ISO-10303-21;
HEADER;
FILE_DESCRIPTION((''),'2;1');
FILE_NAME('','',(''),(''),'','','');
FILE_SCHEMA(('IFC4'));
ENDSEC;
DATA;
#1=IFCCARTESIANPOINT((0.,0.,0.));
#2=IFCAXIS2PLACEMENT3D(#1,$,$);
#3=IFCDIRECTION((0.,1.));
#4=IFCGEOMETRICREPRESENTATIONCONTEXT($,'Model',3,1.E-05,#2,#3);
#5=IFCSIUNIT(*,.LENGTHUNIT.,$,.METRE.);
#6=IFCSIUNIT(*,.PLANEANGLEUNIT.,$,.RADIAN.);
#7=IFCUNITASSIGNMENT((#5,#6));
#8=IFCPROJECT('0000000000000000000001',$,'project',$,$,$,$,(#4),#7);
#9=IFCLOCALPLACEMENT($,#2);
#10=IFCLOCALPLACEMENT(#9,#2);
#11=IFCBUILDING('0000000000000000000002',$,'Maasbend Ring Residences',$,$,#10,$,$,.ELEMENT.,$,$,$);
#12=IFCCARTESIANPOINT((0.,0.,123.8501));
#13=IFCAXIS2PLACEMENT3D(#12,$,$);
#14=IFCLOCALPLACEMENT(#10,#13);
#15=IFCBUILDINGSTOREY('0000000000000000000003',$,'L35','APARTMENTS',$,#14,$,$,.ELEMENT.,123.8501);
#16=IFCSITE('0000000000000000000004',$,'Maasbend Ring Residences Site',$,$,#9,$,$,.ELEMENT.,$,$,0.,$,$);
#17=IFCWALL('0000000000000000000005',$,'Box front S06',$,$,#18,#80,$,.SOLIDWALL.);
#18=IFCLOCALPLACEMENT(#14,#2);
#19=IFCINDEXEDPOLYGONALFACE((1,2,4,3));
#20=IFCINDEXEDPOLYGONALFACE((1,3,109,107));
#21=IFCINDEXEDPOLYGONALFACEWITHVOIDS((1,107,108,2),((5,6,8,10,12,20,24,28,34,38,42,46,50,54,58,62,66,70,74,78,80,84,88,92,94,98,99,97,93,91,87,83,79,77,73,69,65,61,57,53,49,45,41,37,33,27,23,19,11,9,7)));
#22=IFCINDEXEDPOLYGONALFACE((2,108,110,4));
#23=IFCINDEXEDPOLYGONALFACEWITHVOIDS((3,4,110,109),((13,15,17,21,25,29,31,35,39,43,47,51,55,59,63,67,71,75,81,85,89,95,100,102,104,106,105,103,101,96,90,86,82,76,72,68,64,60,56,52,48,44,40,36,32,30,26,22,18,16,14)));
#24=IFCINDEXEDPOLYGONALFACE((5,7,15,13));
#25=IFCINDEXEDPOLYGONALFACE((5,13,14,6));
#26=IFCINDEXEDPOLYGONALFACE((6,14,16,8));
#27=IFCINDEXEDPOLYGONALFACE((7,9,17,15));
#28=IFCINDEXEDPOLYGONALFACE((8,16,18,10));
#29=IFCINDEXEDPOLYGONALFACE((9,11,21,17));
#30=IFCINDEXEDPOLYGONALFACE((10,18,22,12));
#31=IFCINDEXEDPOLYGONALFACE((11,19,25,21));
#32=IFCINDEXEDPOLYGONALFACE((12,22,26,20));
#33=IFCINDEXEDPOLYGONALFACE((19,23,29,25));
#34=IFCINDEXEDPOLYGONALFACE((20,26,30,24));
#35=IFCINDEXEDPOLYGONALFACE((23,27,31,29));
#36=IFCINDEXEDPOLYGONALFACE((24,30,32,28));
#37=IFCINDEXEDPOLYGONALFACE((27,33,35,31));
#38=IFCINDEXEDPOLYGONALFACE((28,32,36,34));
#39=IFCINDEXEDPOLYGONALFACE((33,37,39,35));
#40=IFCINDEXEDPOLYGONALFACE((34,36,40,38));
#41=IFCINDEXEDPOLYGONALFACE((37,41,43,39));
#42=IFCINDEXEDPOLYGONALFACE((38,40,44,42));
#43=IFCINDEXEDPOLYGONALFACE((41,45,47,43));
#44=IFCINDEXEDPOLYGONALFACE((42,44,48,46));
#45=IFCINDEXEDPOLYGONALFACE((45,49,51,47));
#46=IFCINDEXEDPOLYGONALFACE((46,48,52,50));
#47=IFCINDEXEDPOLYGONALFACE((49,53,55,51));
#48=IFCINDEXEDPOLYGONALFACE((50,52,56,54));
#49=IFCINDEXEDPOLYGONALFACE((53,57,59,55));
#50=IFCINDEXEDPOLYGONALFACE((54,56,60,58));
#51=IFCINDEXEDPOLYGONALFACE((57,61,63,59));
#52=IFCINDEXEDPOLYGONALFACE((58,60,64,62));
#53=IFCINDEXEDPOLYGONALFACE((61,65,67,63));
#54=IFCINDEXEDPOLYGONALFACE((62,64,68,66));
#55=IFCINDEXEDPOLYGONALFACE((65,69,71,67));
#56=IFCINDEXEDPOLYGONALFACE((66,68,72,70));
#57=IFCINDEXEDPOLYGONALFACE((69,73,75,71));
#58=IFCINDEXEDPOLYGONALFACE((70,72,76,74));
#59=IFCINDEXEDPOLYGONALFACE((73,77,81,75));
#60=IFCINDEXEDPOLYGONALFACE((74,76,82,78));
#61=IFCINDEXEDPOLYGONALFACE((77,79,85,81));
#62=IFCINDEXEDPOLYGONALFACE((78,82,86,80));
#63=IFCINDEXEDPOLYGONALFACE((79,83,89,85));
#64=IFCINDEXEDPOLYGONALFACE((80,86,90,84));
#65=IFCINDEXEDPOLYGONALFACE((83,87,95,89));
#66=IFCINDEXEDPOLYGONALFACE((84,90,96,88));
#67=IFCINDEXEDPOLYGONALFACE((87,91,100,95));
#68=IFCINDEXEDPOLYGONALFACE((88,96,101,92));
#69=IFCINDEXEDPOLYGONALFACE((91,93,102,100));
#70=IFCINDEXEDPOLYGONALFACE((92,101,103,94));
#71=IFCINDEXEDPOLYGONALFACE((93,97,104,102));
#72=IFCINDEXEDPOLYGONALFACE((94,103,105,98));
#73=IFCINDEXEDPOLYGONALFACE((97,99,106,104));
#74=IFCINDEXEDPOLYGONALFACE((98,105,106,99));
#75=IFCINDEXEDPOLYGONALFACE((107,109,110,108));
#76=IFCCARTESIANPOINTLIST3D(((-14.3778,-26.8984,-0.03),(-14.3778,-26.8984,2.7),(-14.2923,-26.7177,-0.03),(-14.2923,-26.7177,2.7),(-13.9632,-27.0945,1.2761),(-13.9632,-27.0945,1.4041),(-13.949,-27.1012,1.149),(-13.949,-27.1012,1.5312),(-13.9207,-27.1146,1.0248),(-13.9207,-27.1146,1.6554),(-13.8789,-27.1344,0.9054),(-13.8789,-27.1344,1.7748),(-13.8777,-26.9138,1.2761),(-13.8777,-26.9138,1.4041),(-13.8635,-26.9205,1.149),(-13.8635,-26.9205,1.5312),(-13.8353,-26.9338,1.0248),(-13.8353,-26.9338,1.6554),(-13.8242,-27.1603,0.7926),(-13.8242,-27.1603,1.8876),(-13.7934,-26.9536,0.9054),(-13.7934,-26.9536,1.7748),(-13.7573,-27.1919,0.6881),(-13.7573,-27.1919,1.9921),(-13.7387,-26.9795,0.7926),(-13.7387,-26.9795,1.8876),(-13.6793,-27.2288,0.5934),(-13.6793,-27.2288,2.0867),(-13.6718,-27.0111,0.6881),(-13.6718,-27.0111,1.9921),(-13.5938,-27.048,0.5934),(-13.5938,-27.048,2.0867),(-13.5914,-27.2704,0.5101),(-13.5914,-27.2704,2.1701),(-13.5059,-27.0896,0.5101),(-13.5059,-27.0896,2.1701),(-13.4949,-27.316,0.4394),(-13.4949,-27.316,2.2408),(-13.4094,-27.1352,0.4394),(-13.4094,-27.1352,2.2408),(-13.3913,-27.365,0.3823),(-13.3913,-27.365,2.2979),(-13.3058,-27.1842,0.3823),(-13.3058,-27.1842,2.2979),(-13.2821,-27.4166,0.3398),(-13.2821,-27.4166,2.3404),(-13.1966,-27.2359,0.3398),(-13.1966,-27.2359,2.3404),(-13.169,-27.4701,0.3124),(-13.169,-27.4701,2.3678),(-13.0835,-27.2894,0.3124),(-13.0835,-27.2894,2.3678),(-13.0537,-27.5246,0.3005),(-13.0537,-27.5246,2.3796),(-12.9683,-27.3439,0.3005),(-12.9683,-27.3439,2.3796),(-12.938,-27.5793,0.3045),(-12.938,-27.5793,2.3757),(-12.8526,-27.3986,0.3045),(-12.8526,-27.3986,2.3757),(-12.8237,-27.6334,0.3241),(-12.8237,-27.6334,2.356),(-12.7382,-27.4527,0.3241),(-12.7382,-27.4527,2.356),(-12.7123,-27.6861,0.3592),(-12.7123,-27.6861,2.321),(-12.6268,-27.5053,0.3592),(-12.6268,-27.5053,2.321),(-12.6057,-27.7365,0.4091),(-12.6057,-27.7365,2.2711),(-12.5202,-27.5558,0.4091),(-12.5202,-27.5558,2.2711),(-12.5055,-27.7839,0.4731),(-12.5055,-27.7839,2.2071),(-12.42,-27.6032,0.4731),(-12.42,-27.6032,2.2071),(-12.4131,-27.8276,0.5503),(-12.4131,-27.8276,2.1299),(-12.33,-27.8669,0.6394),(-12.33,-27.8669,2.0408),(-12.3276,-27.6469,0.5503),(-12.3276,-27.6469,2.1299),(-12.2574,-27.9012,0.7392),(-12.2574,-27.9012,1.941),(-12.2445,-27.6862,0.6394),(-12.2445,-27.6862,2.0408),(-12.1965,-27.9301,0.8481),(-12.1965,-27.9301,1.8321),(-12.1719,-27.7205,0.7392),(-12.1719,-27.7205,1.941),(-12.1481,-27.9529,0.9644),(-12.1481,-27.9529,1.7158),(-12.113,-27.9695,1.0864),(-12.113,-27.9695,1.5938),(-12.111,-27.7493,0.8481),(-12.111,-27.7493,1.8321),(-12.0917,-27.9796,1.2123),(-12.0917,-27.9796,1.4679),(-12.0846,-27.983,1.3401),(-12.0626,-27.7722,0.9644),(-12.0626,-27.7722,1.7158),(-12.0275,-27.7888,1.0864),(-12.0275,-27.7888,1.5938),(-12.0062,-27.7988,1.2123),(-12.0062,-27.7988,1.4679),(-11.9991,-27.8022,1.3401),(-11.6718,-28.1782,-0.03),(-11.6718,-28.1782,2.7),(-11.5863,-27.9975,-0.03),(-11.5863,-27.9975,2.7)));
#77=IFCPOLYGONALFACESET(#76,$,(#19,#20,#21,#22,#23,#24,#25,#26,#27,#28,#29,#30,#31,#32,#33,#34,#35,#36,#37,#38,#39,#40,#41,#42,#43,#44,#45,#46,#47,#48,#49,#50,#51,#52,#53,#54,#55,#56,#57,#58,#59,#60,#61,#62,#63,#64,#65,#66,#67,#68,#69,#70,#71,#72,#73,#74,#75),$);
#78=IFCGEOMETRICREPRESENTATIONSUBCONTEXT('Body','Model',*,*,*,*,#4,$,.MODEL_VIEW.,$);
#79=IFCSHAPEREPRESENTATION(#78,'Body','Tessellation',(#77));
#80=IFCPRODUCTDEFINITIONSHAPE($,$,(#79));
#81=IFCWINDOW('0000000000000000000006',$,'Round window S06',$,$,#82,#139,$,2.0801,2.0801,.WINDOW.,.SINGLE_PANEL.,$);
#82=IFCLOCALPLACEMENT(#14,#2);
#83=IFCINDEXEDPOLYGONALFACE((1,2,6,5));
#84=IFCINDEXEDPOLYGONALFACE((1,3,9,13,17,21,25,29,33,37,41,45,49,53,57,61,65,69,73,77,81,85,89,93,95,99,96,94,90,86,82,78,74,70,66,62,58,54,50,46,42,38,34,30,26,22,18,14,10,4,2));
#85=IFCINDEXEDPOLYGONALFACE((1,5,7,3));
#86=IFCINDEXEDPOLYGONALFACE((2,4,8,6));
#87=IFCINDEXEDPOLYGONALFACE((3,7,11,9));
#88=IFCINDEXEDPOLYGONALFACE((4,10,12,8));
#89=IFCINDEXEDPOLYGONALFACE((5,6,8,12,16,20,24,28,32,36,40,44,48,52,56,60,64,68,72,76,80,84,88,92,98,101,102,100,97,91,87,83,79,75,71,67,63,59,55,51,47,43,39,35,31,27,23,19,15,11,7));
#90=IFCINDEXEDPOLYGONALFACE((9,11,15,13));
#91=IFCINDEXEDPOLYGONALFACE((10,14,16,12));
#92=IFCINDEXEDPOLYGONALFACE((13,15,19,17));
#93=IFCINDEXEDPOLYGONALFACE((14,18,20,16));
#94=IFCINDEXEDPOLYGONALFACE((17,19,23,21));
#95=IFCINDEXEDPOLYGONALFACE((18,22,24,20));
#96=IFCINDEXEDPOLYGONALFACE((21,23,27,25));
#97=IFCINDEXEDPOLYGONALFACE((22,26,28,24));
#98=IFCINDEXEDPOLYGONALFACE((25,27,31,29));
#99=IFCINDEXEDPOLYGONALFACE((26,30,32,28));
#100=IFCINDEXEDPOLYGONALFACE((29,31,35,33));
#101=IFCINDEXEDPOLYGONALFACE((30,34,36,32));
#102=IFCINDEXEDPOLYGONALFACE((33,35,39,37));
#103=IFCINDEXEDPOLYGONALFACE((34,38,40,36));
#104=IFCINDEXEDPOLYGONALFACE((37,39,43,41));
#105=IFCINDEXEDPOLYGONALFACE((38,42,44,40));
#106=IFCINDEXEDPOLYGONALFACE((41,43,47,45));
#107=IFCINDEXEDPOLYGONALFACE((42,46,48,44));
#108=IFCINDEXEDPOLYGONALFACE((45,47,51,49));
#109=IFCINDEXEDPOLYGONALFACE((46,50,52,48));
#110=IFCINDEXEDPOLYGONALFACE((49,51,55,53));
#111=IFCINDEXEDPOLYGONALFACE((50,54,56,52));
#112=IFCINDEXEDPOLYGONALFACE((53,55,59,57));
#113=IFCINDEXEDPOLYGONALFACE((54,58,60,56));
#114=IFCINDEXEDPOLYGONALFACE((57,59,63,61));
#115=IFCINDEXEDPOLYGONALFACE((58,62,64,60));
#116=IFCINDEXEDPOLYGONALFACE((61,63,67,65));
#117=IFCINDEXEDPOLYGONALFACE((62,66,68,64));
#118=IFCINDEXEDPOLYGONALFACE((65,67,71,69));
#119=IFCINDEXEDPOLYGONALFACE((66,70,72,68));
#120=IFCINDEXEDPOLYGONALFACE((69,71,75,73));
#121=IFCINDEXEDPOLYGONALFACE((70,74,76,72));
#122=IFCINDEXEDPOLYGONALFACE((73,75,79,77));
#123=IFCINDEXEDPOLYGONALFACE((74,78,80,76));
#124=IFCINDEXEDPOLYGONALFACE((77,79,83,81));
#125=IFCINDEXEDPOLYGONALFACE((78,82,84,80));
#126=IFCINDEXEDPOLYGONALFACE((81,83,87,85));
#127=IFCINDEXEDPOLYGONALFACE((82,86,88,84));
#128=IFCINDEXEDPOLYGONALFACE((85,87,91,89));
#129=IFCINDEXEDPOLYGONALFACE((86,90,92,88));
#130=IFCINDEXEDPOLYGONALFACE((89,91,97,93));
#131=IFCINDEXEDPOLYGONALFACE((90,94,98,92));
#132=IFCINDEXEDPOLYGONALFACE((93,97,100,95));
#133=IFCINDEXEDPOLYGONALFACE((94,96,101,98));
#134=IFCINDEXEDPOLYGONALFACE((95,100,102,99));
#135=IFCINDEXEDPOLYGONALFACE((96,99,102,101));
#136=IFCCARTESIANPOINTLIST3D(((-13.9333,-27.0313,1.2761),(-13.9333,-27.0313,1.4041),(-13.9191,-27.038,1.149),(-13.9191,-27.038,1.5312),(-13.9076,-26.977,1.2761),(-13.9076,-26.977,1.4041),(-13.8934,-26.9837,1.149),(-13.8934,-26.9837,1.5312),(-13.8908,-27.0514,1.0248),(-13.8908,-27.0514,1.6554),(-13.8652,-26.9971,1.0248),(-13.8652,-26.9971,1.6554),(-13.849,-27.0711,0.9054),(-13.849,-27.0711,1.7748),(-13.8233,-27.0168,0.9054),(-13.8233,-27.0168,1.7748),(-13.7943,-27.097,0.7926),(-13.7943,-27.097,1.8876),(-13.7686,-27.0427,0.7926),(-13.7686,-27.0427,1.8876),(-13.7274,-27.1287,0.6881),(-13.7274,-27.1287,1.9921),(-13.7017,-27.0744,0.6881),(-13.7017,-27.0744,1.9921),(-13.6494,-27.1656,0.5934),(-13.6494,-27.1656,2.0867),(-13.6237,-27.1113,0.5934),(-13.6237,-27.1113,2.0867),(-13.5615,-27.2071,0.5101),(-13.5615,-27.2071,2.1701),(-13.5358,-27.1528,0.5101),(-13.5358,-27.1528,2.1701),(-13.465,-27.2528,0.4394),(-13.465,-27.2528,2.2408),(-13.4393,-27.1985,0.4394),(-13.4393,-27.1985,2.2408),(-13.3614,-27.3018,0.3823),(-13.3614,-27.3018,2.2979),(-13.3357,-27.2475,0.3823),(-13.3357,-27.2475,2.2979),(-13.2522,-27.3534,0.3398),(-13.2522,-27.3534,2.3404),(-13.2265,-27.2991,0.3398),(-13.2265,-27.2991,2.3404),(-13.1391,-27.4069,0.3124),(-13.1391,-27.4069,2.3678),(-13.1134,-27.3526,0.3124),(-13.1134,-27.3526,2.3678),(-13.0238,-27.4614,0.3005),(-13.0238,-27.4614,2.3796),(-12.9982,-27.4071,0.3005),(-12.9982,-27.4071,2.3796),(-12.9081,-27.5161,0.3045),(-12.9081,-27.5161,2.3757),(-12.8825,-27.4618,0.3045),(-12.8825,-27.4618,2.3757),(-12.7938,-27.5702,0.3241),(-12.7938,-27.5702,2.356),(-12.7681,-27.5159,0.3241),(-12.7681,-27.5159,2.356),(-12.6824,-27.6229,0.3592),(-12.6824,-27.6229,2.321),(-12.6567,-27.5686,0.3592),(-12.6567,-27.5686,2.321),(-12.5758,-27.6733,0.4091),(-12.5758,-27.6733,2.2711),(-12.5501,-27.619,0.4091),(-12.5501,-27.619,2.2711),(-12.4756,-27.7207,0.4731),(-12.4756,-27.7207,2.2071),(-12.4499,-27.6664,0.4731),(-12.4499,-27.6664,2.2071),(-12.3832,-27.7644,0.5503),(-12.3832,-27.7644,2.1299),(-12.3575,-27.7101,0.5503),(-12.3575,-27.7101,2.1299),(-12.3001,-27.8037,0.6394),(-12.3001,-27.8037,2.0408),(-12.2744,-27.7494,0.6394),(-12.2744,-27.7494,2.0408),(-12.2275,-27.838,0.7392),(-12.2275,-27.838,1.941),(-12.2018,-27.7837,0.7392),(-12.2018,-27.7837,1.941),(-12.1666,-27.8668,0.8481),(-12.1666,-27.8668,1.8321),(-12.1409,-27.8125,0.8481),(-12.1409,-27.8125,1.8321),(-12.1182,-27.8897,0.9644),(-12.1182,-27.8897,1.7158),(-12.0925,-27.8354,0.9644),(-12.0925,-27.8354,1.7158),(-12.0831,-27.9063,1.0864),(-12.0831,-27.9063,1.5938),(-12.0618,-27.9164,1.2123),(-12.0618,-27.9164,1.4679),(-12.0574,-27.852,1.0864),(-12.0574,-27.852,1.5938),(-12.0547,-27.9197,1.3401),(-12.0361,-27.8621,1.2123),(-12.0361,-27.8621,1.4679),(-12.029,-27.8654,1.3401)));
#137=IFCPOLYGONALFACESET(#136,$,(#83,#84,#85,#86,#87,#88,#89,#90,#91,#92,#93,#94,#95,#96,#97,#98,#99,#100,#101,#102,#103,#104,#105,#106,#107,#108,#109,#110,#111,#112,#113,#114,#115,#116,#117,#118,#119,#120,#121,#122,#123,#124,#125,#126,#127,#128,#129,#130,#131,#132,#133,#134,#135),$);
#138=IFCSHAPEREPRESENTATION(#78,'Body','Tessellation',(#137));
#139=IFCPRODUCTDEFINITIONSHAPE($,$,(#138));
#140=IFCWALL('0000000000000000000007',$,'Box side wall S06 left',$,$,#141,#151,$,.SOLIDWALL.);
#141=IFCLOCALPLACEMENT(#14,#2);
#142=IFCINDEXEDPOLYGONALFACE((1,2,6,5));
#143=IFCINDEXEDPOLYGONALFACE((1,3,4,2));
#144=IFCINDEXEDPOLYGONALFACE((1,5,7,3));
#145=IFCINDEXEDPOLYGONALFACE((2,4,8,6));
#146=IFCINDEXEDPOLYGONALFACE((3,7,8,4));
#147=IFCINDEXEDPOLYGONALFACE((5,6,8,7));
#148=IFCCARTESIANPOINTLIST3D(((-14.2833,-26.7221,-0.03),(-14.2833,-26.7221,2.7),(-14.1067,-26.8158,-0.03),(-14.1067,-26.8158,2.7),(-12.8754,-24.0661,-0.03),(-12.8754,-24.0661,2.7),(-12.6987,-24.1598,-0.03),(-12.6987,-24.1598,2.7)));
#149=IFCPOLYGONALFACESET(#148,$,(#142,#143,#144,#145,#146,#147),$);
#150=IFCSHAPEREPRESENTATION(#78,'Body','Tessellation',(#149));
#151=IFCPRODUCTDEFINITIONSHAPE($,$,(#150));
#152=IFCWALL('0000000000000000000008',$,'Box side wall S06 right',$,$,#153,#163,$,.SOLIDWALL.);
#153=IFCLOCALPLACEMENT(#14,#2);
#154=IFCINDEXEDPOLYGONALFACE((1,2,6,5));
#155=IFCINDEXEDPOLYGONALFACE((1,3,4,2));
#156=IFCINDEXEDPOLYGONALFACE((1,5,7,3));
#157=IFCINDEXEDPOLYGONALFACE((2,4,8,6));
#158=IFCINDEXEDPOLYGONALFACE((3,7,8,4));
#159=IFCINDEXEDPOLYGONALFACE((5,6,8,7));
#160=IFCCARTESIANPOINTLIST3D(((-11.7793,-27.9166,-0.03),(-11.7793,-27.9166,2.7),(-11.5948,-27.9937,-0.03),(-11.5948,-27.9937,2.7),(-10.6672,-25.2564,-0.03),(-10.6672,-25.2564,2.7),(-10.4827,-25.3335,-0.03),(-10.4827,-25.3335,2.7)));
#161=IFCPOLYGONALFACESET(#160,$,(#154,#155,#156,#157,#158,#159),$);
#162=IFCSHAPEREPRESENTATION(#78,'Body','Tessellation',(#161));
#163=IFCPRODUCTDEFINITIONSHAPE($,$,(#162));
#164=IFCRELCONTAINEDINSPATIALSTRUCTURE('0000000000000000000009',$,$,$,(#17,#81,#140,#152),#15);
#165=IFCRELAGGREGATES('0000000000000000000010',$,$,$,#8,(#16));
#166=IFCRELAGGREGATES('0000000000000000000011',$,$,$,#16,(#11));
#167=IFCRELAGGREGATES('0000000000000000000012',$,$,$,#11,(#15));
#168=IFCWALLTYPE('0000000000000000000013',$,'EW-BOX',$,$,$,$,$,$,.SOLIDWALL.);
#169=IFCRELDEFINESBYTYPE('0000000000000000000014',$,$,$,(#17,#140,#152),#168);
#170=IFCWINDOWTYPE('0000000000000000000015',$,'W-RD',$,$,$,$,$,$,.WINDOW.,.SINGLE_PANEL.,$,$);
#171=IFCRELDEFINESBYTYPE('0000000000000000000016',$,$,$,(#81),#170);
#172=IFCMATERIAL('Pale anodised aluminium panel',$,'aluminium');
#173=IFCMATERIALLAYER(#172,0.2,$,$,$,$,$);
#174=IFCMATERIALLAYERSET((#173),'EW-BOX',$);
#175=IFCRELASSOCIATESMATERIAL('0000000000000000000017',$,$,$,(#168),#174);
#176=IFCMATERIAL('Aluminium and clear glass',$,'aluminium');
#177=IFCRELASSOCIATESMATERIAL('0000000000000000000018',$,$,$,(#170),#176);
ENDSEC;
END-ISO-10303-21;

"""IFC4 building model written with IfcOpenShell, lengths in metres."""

from ifc_helpers import new_model, si_unit, direction, frame, frame_2d, origin, place, context, subcontext, project, spatial, rectangle, circle, extrude, material, layer, layer_set, type_object, element, fill, save


model = new_model("IFC4")

# Units and contexts
model_context = context("Model", 3, precision=1e-05, world=origin(), true_north=direction((0.0, 1.0)))
body_context = subcontext(model_context, "Body", "Model", "MODEL_VIEW")
ifc_project = project(units=[si_unit("LENGTHUNIT", "METRE"), si_unit("PLANEANGLEUNIT", "RADIAN")], contexts=[model_context])

# Site, building, storey
site_placement = place(None, origin())
site = spatial("IfcSite", under=ifc_project, at=site_placement, Name="Maasbend Ring Residences Site", CompositionType="ELEMENT", RefElevation=0.0)
building_placement = place(site_placement, origin())
building = spatial("IfcBuilding", under=site, at=building_placement, Name="Maasbend Ring Residences", CompositionType="ELEMENT")
storey_placement = place(building_placement, frame((0.0, 0.0, 123.8501)))
storey = spatial("IfcBuildingStorey", under=building, at=storey_placement, Name="L35", Description="APARTMENTS", CompositionType="ELEMENT", Elevation=123.8501)

# Wall, opening, window
ifc_material_1 = material(Name="Pale anodised aluminium panel", Category="aluminium")
ifc_layer_1 = layer(ifc_material_1, 0.2)
ifc_layer_set_1 = layer_set([ifc_layer_1], Name="EW-BOX")
wall_type_1 = type_object("IfcWallType", Name="EW-BOX", PredefinedType="SOLIDWALL", material=ifc_layer_set_1)
wall_1_placement = place(storey_placement, frame((-14.335, -26.8081, -0.03), z_axis=(0.0, 0.0, 1.0), x_axis=(0.904, -0.427532, 0.0)))
wall_1 = element("IfcWall", 1, at=wall_1_placement, inside=storey, type_object=wall_type_1, Name="Box front S06", PredefinedType="SOLIDWALL", context=body_context, shape_type="SweptSolid", body=[
    extrude(rectangle(XDim=2.9934, YDim=0.2, at=frame_2d((1.4966, 0.0))), origin(), (0.0, 0.0, 1.0), 2.73),
])
opening_1_placement = place(wall_1_placement, frame((0.4565, 0.0, 0.3301)))
opening_1 = element("IfcOpeningElement", 2, at=opening_1_placement, cuts=wall_1, PredefinedType="OPENING", context=body_context, shape_type="SweptSolid", body=[
    extrude(circle(Radius=1.04, at=frame_2d((1.04, 1.04))), frame((0.0, 0.1099, 0.0), z_axis=(0.0, -1.0, 0.0), x_axis=(1.0, 0.0, 0.0)), (0.0, 0.0, 1.0), 0.22),
])
ifc_material_2 = material(Name="Aluminium and clear glass", Category="aluminium")
window_type_1 = type_object("IfcWindowType", Name="W-RD", PartitioningType="SINGLE_PANEL", PredefinedType="WINDOW", material=ifc_material_2)
window_1_placement = place(opening_1_placement, origin())
window_1 = element("IfcWindow", 3, at=window_1_placement, inside=storey, type_object=window_type_1, Name="Round window S06", OverallHeight=2.0801, OverallWidth=2.0801, PartitioningType="SINGLE_PANEL", PredefinedType="WINDOW", context=body_context, shape_type="SweptSolid", body=[
    extrude(circle(Radius=1.04, at=frame_2d((1.04, 1.04))), frame((0.0, 0.03, 0.0), z_axis=(0.0, -1.0, 0.0), x_axis=(1.0, 0.0, 0.0)), (0.0, 0.0, 1.0), 0.0601),
])
fill(opening_1, window_1)

# Walls
wall_2_placement = place(storey_placement, frame((-12.7871, -24.113, -0.03), z_axis=(0.0, 0.0, 1.0), x_axis=(-0.468365, -0.883535, 0.0)))
element("IfcWall", 4, at=wall_2_placement, inside=storey, type_object=wall_type_1, Name="Box side wall S06 left", PredefinedType="SOLIDWALL", context=body_context, shape_type="SweptSolid", body=[
    extrude(rectangle(XDim=3.0061, YDim=0.2, at=frame_2d((1.5029, 0.0))), origin(), (0.0, 0.0, 1.0), 2.73),
])
wall_3_placement = place(storey_placement, frame((-10.575, -25.2949, -0.03), z_axis=(0.0, 0.0, 1.0), x_axis=(-0.385697, -0.922625, 0.0)))
element("IfcWall", 5, at=wall_3_placement, inside=storey, type_object=wall_type_1, Name="Box side wall S06 right", PredefinedType="SOLIDWALL", context=body_context, shape_type="SweptSolid", body=[
    extrude(rectangle(XDim=2.8833, YDim=0.2, at=frame_2d((1.4417, 0.0))), origin(), (0.0, 0.0, 1.0), 2.73),
])

save(model, "model.ifc")
